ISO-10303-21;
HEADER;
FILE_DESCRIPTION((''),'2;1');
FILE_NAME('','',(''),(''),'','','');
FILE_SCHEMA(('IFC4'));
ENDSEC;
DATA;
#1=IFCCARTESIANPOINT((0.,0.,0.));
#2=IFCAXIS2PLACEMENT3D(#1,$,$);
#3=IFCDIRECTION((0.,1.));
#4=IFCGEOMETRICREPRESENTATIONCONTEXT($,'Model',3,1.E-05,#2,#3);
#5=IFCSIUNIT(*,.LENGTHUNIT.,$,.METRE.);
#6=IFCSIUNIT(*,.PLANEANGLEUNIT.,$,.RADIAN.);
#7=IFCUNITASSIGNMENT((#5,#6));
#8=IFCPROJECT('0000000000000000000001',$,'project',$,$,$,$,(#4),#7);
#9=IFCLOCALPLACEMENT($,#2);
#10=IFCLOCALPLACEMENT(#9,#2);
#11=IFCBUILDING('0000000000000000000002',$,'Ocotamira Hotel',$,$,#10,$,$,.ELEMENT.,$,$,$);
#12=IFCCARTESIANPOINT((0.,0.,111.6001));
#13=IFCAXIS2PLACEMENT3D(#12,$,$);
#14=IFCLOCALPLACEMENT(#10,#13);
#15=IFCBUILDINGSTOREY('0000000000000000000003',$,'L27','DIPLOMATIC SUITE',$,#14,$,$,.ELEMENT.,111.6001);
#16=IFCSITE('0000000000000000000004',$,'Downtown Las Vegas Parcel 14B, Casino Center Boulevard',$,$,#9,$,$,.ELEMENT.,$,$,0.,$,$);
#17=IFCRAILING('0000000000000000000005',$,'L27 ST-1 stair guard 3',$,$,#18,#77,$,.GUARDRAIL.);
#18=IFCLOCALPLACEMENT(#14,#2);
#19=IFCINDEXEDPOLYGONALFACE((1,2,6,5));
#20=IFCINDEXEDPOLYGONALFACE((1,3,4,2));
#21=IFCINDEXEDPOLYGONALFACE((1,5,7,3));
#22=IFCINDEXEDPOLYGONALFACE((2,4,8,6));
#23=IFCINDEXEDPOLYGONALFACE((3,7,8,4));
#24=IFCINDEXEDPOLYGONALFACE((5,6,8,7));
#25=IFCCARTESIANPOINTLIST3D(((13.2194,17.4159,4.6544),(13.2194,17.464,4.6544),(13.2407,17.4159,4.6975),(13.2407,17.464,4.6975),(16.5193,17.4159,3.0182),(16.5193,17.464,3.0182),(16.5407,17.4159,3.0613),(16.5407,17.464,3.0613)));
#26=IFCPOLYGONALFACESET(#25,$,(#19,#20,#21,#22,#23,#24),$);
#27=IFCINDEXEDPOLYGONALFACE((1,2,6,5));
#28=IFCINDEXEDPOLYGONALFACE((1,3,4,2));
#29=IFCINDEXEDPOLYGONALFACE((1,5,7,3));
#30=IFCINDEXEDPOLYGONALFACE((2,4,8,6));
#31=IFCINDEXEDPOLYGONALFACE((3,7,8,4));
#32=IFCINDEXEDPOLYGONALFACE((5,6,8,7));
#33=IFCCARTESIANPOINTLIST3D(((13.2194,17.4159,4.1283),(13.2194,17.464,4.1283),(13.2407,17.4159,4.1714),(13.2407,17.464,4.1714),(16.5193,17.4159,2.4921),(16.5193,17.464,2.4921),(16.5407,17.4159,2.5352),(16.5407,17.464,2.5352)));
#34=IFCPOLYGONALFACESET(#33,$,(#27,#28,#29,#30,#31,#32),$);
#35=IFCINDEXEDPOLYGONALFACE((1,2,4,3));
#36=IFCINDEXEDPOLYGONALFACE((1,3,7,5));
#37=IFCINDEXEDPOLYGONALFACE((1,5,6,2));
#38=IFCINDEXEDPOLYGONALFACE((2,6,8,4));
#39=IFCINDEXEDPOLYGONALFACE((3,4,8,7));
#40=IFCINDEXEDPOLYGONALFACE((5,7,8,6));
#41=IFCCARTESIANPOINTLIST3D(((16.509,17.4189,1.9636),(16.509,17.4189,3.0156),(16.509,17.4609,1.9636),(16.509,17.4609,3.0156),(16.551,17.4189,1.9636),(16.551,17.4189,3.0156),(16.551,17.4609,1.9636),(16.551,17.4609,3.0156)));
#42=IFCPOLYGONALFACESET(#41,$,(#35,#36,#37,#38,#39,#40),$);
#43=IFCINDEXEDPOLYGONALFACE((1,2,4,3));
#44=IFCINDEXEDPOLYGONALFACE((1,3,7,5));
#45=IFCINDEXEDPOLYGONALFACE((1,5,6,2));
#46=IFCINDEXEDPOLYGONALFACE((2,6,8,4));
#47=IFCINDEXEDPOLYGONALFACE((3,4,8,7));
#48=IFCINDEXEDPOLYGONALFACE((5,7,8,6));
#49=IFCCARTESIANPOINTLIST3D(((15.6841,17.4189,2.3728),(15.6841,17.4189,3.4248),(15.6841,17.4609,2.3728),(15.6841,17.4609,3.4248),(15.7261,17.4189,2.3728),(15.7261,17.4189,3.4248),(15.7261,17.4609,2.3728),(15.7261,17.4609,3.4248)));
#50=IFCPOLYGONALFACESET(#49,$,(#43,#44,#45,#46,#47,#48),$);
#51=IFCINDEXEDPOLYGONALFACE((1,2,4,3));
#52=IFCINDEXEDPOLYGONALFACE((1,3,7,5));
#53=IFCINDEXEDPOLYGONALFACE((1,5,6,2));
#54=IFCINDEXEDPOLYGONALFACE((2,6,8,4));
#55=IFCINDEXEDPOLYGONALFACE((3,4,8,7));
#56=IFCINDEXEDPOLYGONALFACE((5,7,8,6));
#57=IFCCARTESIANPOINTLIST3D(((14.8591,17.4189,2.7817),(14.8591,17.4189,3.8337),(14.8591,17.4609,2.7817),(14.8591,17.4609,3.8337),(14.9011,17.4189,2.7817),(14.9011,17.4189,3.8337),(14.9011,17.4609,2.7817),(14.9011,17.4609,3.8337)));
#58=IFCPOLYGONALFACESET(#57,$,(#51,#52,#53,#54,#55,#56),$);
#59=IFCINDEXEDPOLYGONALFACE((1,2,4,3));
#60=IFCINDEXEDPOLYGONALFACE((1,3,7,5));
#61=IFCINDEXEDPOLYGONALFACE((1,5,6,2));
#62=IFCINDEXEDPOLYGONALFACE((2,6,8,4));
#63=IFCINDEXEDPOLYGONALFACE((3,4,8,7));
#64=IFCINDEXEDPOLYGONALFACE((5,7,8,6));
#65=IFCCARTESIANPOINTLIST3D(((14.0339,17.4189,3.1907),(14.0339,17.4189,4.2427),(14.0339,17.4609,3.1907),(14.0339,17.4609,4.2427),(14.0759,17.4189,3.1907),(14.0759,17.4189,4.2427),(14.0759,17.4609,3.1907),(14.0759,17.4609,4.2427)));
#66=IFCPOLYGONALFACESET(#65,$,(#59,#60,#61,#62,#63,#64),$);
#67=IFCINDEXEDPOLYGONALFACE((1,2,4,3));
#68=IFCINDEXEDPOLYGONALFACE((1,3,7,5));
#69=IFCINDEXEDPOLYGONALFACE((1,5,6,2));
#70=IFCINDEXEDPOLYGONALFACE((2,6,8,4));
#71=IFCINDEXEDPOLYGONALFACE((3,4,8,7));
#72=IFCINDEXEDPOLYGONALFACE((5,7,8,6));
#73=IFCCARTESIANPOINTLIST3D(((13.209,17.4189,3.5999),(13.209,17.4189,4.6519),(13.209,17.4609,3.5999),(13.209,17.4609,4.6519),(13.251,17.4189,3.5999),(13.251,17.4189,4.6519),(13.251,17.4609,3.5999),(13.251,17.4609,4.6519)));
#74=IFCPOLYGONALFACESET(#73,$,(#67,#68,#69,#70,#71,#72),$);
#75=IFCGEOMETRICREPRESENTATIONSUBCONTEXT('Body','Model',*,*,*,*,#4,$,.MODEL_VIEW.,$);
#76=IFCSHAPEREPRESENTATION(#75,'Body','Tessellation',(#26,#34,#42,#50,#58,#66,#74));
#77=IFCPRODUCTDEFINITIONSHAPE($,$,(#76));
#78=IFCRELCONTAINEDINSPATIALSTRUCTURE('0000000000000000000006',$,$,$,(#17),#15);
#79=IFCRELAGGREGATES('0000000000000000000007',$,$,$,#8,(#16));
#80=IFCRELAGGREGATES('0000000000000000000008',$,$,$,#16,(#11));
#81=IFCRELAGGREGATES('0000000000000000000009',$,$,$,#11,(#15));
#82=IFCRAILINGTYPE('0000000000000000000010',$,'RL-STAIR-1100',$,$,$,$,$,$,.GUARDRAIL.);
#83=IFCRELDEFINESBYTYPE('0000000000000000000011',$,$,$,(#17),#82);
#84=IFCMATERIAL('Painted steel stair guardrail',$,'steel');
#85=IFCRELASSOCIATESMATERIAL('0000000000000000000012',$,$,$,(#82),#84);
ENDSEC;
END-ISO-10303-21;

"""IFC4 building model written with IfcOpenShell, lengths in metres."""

from ifc_helpers import new_model, si_unit, direction, frame, origin, origin_2d, place, context, subcontext, project, spatial, rectangle, extrude, material, type_object, element, save


model = new_model("IFC4")

# Units and contexts
model_context = context("Model", 3, precision=1e-05, world=origin(), true_north=direction((0.0, 1.0)))
body_context = subcontext(model_context, "Body", "Model", "MODEL_VIEW")
ifc_project = project(units=[si_unit("LENGTHUNIT", "METRE"), si_unit("PLANEANGLEUNIT", "RADIAN")], contexts=[model_context])

# Site, building, storey
site_placement = place(None, origin())
site = spatial("IfcSite", under=ifc_project, at=site_placement, Name="Downtown Las Vegas Parcel 14B, Casino Center Boulevard", CompositionType="ELEMENT", RefElevation=0.0)
building_placement = place(site_placement, origin())
building = spatial("IfcBuilding", under=site, at=building_placement, Name="Ocotamira Hotel", CompositionType="ELEMENT")
storey_placement = place(building_placement, frame((0.0, 0.0, 111.6001)))
storey = spatial("IfcBuildingStorey", under=building, at=storey_placement, Name="L27", Description="DIPLOMATIC SUITE", CompositionType="ELEMENT", Elevation=111.6001)

# Railing
ifc_material_1 = material(Name="Painted steel stair guardrail", Category="steel")
railing_type_1 = type_object("IfcRailingType", Name="RL-STAIR-1100", PredefinedType="GUARDRAIL", material=ifc_material_1)
railing_1_placement = place(storey_placement, frame((16.53, 17.4399, 1.9636)))
element("IfcRailing", 1, at=railing_1_placement, inside=storey, type_object=railing_type_1, Name="L27 ST-1 stair guard 3", PredefinedType="GUARDRAIL", context=body_context, shape_type="SweptSolid", body=[
    extrude(rectangle(XDim=0.0481, YDim=0.0481, at=origin_2d()), frame((0.0, 0.0, 1.0762), z_axis=(-0.89592, 0.0, 0.444215), x_axis=(0.0, -1.0, 0.0)), (0.0, 0.0, 1.0), 3.6833),
    extrude(rectangle(XDim=0.0481, YDim=0.0481, at=origin_2d()), frame((0.0, 0.0, 0.55), z_axis=(-0.89592, 0.0, 0.444215), x_axis=(0.0, -1.0, 0.0)), (0.0, 0.0, 1.0), 3.6833),
    extrude(rectangle(XDim=0.042, YDim=0.042, at=origin_2d()), origin(), (0.0, 0.0, 1.0), 1.052),
    extrude(rectangle(XDim=0.042, YDim=0.042, at=origin_2d()), frame((-0.825, 0.0, 0.4092)), (0.0, 0.0, 1.0), 1.052),
    extrude(rectangle(XDim=0.042, YDim=0.042, at=origin_2d()), frame((-1.6499, 0.0, 0.8181)), (0.0, 0.0, 1.0), 1.052),
    extrude(rectangle(XDim=0.042, YDim=0.042, at=origin_2d()), frame((-2.4751, 0.0, 1.2271)), (0.0, 0.0, 1.0), 1.052),
    extrude(rectangle(XDim=0.042, YDim=0.042, at=origin_2d()), frame((-3.3, 0.0, 1.6362)), (0.0, 0.0, 1.0), 1.052),
])

save(model, "model.ifc")
